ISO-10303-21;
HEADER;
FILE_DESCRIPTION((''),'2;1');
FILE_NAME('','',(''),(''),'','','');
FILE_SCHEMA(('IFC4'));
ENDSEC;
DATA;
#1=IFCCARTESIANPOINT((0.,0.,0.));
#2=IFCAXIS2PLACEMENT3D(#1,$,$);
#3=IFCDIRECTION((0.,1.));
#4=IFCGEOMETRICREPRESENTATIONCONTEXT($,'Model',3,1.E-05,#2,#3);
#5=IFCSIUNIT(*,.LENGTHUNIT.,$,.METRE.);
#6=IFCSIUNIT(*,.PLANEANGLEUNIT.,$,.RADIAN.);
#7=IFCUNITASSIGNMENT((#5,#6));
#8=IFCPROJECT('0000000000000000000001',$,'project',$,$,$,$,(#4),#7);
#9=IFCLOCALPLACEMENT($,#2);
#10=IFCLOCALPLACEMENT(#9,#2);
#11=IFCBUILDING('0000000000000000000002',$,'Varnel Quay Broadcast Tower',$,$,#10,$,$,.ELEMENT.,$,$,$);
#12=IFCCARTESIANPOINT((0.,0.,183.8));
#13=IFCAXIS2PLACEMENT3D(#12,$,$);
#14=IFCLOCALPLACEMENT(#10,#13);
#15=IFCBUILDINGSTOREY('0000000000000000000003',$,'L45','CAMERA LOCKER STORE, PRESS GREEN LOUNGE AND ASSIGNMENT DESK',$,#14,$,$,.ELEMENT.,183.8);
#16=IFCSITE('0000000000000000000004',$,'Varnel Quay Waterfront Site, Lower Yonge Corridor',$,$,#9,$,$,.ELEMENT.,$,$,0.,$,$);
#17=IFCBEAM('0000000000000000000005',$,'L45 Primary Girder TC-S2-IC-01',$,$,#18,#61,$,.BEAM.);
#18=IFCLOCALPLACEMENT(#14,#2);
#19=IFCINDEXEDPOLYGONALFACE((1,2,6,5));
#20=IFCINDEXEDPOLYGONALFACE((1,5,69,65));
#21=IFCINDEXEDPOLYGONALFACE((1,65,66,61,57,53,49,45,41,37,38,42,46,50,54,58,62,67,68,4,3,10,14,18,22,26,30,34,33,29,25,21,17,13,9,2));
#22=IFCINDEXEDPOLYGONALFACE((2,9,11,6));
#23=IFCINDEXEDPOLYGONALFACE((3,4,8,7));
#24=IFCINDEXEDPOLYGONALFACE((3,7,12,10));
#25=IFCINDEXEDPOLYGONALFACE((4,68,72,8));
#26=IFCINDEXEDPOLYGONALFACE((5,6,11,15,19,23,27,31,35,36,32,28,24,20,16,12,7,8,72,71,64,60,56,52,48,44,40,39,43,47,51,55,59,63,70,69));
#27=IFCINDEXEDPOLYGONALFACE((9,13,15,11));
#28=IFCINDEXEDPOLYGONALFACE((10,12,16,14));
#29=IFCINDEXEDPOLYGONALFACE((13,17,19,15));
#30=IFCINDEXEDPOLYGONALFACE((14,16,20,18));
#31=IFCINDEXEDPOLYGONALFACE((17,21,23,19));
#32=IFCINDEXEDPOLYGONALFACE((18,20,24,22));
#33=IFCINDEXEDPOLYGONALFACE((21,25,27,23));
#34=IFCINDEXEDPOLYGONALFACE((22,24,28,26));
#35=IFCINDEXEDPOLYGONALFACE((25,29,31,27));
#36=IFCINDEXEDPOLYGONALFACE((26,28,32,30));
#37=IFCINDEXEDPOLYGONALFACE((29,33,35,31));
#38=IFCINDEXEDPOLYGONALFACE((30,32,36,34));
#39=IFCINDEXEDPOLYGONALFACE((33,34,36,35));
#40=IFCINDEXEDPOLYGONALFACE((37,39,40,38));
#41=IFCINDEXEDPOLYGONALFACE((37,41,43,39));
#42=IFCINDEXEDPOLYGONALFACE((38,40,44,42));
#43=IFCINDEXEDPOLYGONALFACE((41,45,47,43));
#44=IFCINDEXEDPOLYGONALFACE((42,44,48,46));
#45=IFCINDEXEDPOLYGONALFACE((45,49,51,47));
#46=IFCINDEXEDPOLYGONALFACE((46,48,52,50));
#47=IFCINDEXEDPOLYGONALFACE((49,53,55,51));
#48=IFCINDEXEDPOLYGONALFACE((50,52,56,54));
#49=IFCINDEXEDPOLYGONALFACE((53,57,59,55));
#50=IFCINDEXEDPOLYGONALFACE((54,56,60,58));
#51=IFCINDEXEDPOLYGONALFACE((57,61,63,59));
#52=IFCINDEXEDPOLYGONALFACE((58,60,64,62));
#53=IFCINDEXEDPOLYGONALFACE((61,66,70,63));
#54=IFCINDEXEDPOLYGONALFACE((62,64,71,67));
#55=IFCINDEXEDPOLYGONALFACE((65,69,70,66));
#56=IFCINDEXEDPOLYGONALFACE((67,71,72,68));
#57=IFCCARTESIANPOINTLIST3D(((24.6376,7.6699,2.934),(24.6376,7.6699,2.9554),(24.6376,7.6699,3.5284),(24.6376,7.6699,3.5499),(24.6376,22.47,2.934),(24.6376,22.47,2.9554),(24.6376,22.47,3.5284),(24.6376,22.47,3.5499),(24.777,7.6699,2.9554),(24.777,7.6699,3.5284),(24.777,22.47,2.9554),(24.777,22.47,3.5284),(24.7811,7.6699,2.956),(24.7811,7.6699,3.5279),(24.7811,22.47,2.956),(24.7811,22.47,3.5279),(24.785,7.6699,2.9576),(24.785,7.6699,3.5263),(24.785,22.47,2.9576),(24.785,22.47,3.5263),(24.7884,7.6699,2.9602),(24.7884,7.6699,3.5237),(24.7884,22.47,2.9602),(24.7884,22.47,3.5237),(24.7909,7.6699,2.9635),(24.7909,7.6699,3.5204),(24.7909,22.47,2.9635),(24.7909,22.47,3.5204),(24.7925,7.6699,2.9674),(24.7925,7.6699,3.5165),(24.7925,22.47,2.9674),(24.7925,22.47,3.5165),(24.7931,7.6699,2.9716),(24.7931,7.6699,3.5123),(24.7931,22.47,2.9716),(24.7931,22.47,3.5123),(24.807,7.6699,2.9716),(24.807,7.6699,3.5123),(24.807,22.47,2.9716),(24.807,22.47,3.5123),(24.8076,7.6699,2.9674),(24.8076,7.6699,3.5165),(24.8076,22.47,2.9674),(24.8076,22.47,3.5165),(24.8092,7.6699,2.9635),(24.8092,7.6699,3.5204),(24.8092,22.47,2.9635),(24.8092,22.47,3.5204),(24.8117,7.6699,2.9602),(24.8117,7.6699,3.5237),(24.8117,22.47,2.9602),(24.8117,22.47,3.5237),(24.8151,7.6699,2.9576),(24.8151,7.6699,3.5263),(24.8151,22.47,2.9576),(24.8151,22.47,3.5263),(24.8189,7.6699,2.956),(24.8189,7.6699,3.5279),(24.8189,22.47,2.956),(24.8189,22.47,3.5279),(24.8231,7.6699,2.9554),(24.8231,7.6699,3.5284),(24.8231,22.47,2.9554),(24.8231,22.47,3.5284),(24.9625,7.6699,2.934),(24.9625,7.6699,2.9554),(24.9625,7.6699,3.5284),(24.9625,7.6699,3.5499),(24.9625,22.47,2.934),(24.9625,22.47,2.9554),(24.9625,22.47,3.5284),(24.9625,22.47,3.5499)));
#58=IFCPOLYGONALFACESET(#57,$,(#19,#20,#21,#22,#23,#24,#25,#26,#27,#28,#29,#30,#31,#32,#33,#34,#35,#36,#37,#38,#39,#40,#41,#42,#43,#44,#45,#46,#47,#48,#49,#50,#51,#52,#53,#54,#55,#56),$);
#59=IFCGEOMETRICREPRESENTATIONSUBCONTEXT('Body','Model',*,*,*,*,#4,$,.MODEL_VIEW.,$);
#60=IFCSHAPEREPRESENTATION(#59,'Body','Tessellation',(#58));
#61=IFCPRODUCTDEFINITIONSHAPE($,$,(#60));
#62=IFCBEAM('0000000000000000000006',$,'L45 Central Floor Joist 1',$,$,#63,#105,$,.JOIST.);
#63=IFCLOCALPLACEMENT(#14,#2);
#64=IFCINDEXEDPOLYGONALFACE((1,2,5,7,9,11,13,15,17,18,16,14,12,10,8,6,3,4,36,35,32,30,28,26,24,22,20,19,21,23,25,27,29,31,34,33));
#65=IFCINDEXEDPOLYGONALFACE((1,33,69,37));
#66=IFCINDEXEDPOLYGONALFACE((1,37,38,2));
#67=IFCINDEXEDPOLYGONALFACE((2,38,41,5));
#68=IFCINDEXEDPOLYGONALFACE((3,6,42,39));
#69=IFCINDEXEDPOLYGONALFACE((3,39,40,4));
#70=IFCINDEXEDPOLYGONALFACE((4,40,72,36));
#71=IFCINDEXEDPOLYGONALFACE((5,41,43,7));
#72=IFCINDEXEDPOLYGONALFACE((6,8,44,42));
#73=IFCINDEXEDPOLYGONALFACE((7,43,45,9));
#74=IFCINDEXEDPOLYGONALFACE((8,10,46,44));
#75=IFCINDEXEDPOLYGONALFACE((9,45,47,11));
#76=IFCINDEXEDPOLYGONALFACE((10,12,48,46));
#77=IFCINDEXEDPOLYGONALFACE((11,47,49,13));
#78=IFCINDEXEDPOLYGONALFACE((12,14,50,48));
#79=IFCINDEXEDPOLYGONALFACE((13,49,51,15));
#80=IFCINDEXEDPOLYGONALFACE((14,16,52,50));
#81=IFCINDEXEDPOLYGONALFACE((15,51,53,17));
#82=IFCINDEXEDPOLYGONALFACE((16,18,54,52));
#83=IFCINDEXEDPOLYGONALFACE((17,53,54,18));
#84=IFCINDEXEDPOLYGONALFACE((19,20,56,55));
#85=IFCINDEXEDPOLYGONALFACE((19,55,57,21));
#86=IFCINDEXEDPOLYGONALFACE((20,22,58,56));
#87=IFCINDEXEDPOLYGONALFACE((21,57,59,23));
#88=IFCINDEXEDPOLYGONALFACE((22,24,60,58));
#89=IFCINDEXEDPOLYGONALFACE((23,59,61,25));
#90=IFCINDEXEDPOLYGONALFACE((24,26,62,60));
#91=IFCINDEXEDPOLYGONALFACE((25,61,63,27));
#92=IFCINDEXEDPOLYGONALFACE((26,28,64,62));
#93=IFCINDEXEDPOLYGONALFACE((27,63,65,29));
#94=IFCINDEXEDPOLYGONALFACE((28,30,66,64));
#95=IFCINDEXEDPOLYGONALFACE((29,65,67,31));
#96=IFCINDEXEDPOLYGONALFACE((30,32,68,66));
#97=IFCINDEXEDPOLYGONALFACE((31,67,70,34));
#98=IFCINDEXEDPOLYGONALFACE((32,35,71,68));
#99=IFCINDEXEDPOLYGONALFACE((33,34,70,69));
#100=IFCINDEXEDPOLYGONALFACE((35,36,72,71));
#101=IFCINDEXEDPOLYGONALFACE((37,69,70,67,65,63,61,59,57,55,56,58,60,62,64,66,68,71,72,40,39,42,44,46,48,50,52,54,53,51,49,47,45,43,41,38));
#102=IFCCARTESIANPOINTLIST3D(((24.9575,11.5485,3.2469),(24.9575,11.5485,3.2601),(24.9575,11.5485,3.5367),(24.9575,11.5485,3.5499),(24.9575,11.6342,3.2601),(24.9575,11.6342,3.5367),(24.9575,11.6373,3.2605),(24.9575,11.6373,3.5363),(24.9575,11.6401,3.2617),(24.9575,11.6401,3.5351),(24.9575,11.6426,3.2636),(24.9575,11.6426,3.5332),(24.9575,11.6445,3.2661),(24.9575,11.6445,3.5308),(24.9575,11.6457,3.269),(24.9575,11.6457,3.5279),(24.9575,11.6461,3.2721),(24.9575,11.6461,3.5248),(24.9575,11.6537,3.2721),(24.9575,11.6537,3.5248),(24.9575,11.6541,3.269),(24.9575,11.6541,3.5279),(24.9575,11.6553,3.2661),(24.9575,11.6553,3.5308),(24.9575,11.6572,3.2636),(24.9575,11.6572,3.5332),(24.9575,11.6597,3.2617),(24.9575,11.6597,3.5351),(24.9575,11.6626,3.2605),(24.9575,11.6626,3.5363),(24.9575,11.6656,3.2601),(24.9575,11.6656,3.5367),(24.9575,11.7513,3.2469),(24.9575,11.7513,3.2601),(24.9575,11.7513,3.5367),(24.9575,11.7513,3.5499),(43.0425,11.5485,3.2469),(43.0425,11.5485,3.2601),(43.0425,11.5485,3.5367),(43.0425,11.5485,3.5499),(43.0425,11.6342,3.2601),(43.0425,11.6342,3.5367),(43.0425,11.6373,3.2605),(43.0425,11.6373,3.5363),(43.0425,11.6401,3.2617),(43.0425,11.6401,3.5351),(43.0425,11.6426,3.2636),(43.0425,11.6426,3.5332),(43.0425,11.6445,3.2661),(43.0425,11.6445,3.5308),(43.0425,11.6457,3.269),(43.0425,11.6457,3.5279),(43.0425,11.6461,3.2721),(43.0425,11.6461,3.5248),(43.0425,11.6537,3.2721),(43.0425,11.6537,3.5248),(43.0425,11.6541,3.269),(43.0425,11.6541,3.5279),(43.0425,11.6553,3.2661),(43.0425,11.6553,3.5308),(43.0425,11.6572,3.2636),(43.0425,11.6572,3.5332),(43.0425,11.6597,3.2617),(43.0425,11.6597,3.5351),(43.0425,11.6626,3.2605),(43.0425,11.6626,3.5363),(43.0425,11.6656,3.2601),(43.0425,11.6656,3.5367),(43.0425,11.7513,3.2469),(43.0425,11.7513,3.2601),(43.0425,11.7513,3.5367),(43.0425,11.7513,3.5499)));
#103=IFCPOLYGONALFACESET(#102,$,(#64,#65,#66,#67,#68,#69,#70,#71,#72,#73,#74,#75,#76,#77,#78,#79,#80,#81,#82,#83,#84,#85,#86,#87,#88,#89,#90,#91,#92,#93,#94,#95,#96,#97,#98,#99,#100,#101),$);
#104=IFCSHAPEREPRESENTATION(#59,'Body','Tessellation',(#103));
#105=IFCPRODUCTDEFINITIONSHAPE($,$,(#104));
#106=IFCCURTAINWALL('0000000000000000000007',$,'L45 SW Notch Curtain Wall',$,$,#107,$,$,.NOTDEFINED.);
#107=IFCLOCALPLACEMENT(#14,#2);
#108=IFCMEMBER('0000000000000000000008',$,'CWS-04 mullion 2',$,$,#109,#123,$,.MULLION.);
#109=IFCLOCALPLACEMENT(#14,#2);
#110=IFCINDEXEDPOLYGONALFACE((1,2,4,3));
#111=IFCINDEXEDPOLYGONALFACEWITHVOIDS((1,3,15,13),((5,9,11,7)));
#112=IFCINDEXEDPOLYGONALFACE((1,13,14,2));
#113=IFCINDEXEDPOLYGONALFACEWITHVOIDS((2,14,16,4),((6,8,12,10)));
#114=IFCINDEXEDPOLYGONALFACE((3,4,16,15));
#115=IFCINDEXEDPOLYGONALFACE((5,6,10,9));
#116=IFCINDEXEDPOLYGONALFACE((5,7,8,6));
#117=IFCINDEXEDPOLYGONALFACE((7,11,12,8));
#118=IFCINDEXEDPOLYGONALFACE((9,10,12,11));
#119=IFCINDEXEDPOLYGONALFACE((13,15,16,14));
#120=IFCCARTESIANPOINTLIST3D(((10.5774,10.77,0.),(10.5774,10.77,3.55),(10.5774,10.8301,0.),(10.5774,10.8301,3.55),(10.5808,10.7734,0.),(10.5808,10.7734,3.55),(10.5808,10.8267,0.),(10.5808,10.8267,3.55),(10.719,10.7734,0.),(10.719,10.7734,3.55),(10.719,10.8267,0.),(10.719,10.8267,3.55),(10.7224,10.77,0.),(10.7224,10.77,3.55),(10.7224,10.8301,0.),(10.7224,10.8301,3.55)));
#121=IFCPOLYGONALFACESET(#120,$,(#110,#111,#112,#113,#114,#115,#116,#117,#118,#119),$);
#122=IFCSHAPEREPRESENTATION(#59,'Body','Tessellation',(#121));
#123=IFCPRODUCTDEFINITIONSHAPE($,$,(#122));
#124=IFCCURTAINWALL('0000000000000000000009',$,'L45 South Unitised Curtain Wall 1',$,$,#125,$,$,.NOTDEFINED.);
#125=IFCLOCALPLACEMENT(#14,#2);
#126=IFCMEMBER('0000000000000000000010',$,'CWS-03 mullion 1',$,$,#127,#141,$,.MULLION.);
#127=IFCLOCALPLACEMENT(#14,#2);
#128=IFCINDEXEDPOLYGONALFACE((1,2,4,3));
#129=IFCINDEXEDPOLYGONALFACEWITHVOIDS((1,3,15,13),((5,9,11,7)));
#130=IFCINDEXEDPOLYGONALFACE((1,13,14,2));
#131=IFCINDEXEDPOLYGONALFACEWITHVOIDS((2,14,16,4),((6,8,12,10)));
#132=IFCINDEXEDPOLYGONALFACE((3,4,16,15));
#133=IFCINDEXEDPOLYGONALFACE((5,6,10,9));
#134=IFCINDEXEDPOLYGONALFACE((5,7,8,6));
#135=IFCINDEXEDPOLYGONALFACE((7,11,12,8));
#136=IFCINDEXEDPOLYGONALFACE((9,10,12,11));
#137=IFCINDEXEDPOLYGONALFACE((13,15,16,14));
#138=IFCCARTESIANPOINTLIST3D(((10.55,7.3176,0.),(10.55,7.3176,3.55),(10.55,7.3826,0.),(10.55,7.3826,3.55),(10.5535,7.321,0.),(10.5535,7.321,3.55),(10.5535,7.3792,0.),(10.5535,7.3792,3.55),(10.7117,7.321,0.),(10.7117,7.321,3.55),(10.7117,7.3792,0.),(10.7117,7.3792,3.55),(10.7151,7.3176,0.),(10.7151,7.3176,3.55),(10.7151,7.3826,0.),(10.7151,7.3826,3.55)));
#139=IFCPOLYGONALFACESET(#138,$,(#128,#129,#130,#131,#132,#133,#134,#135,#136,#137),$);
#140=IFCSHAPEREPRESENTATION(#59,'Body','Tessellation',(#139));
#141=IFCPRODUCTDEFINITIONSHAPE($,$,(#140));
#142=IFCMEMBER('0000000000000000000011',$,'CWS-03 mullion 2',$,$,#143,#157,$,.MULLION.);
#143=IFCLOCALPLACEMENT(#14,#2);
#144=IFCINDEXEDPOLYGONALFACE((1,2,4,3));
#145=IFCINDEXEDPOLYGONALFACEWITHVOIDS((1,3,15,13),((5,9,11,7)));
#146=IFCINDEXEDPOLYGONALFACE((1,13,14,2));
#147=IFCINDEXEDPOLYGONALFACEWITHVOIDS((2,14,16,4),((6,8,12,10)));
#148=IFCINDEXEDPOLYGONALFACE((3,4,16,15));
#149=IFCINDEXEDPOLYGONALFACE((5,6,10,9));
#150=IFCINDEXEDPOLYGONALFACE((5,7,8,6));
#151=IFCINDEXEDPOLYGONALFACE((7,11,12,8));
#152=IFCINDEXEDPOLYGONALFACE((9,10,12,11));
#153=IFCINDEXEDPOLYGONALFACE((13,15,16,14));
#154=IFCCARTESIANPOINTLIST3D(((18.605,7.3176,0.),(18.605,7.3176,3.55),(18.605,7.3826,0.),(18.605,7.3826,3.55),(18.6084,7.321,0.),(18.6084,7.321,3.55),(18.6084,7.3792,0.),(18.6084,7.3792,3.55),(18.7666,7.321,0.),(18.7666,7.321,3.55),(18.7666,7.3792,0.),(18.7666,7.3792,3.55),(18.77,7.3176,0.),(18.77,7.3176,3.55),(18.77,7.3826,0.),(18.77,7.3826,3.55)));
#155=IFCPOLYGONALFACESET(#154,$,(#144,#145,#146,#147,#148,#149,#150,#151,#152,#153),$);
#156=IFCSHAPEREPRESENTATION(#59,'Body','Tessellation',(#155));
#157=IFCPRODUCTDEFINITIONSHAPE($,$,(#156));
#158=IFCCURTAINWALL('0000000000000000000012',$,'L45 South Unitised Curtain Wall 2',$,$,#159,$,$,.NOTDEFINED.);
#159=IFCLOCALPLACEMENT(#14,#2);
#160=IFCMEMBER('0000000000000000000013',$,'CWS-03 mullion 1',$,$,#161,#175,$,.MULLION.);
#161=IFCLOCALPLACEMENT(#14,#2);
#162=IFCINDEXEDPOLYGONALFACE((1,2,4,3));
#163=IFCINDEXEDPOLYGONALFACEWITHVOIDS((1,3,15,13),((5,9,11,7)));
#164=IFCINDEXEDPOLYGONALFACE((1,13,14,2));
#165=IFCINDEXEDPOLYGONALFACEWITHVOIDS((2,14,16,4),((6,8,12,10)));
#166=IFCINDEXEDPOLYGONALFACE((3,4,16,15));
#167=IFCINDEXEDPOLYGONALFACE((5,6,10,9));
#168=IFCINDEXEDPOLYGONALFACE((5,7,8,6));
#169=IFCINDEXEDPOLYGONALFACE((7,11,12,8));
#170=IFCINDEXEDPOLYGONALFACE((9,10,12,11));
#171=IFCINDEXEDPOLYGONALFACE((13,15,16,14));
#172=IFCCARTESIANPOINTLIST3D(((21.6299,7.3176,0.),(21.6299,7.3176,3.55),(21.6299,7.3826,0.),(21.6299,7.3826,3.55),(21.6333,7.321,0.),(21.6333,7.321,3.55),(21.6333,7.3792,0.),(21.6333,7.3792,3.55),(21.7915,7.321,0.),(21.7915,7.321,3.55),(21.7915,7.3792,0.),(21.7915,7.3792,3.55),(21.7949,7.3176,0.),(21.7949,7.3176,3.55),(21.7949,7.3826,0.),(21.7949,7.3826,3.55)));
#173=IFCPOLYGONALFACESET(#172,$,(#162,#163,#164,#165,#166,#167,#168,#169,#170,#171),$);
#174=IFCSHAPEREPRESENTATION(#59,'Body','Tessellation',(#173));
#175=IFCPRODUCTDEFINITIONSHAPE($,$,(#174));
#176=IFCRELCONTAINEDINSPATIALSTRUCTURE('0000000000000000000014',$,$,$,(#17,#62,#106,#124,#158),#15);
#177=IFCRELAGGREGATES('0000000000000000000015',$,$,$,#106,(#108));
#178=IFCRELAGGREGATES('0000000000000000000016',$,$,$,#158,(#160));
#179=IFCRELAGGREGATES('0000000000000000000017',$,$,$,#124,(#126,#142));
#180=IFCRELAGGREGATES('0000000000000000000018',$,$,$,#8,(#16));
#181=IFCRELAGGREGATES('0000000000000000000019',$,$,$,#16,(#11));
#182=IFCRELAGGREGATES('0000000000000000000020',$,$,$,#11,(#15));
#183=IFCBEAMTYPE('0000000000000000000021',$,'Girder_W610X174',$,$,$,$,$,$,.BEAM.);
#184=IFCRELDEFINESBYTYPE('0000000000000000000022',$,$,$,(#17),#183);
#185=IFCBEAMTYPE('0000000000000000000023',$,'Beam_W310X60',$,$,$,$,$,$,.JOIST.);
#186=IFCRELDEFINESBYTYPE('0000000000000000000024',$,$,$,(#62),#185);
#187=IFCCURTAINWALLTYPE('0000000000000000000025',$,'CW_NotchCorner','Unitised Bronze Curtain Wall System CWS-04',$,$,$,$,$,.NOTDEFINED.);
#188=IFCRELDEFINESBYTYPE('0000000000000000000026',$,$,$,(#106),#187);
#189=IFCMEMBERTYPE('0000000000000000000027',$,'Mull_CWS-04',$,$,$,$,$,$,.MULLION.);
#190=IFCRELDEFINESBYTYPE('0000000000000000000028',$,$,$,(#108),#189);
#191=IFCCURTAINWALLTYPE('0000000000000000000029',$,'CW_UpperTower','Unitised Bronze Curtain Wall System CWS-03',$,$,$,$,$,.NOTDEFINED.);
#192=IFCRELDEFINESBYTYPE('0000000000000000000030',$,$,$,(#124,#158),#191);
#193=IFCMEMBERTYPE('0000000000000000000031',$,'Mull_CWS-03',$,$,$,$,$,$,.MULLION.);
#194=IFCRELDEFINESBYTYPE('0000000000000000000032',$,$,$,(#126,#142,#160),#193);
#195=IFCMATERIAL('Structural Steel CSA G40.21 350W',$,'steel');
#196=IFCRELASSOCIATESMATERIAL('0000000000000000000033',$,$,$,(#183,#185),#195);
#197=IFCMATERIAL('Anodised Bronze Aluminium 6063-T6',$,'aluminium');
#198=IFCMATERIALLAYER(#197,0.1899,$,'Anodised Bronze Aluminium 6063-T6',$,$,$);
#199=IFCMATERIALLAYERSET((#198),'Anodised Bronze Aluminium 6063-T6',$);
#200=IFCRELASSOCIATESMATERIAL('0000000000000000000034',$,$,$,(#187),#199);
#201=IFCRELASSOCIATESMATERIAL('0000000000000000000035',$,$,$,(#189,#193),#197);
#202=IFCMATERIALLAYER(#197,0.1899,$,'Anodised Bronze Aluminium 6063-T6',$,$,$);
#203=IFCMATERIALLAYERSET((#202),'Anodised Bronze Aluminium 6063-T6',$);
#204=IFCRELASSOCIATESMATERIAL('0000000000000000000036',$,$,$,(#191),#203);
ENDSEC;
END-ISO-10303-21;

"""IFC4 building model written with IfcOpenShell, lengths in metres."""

from ifc_helpers import new_model, si_unit, direction, frame, origin, origin_2d, place, context, subcontext, project, spatial, hollow_rectangle, i_section, extrude, source, transform, mapped, material, layer, layer_set, material_profile, profile_set, type_object, type_shapes, element, aggregate, save


model = new_model("IFC4")

# Units and contexts
model_context = context("Model", 3, precision=1e-05, world=origin(), true_north=direction((0.0, 1.0)))
body_context = subcontext(model_context, "Body", "Model", "MODEL_VIEW")
ifc_project = project(units=[si_unit("LENGTHUNIT", "METRE"), si_unit("PLANEANGLEUNIT", "RADIAN")], contexts=[model_context])

# Site, building, storey
site_placement = place(None, origin())
site = spatial("IfcSite", under=ifc_project, at=site_placement, Name="Varnel Quay Waterfront Site, Lower Yonge Corridor", CompositionType="ELEMENT", RefElevation=0.0)
building_placement = place(site_placement, origin())
building = spatial("IfcBuilding", under=site, at=building_placement, Name="Varnel Quay Broadcast Tower", CompositionType="ELEMENT")
storey_placement = place(building_placement, frame((0.0, 0.0, 183.8)))
storey = spatial("IfcBuildingStorey", under=building, at=storey_placement, Name="L45", Description="CAMERA LOCKER STORE, PRESS GREEN LOUNGE AND ASSIGNMENT DESK", CompositionType="ELEMENT", Elevation=183.8)

# Shared definitions
ifc_material_1 = material(Name="Structural Steel CSA G40.21 350W", Category="steel")

# Beams
ifc_material_profile_1 = material_profile(ifc_material_1, i_section(OverallWidth=0.325, OverallDepth=0.616, WebThickness=0.0139, FlangeThickness=0.0215, FilletRadius=0.0161, at=origin_2d()), Name="W610X174")
ifc_profile_set_1 = profile_set([ifc_material_profile_1], Name="Structural Steel CSA G40.21 350W")
beam_type_1 = type_object("IfcBeamType", Name="Girder_W610X174", PredefinedType="BEAM", material=ifc_profile_set_1)
shared_shape_1 = source(origin(), body_context, "Body", "SweptSolid", [
    extrude(i_section(OverallWidth=0.325, OverallDepth=0.616, WebThickness=0.0139, FlangeThickness=0.0215, FilletRadius=0.0161, at=origin_2d()), origin(), (0.0, 0.0, 1.0), 14.8),
])
type_shapes(beam_type_1, [shared_shape_1])
beam_1_placement = place(storey_placement, frame((24.8, 7.6699, 3.2419), z_axis=(0.0, 1.0, 0.0), x_axis=(-1.0, 0.0, 0.0)))
element("IfcBeam", 1, at=beam_1_placement, inside=storey, type_object=beam_type_1, Name="L45 Primary Girder TC-S2-IC-01", PredefinedType="BEAM", context=body_context, shape_type="MappedRepresentation", body=[
    mapped(shared_shape_1, transform((0.0, 0.0, 0.0), x_axis=(1.0, 0.0, 0.0), y_axis=(0.0, 1.0, 0.0), z_axis=(0.0, 0.0, 1.0), scale=1.0)),
])
ifc_material_profile_2 = material_profile(ifc_material_1, i_section(OverallWidth=0.2029, OverallDepth=0.303, WebThickness=0.0076, FlangeThickness=0.0132, FilletRadius=0.012, at=origin_2d()), Name="W310X60")
ifc_profile_set_2 = profile_set([ifc_material_profile_2], Name="Structural Steel CSA G40.21 350W")
beam_type_2 = type_object("IfcBeamType", Name="Beam_W310X60", PredefinedType="JOIST", material=ifc_profile_set_2)
shared_shape_2 = source(origin(), body_context, "Body", "SweptSolid", [
    extrude(i_section(OverallWidth=0.2029, OverallDepth=0.303, WebThickness=0.0076, FlangeThickness=0.0132, FilletRadius=0.012, at=origin_2d()), origin(), (0.0, 0.0, 1.0), 18.085),
])
type_shapes(beam_type_2, [shared_shape_2])
beam_2_placement = place(storey_placement, frame((24.9575, 11.6499, 3.3984), z_axis=(1.0, 0.0, 0.0), x_axis=(0.0, 1.0, 0.0)))
element("IfcBeam", 2, at=beam_2_placement, inside=storey, type_object=beam_type_2, Name="L45 Central Floor Joist 1", PredefinedType="JOIST", context=body_context, shape_type="MappedRepresentation", body=[
    mapped(shared_shape_2, transform((0.0, 0.0, 0.0), x_axis=(1.0, 0.0, 0.0), y_axis=(0.0, 1.0, 0.0), z_axis=(0.0, 0.0, 1.0), scale=1.0)),
])

# Curtain wall, member
ifc_material_2 = material(Name="Anodised Bronze Aluminium 6063-T6", Category="aluminium")
ifc_layer_1 = layer(ifc_material_2, 0.1899, Name="Anodised Bronze Aluminium 6063-T6")
ifc_layer_set_1 = layer_set([ifc_layer_1], Name="Anodised Bronze Aluminium 6063-T6")
curtain_wall_type_1 = type_object("IfcCurtainWallType", Name="CW_NotchCorner", Description="Unitised Bronze Curtain Wall System CWS-04", PredefinedType="NOTDEFINED", material=ifc_layer_set_1)
curtain_wall_1_placement = place(storey_placement, origin())
curtain_wall_1 = element("IfcCurtainWall", 3, at=curtain_wall_1_placement, inside=storey, type_object=curtain_wall_type_1, Name="L45 SW Notch Curtain Wall", PredefinedType="NOTDEFINED")
ifc_material_profile_3 = material_profile(ifc_material_2, hollow_rectangle(XDim=0.0601, YDim=0.145, WallThickness=0.0034, at=origin_2d()), Name="ALU60X145X3.5")
ifc_profile_set_3 = profile_set([ifc_material_profile_3], Name="Anodised Bronze Aluminium 6063-T6")
member_type_1 = type_object("IfcMemberType", Name="Mull_CWS-04", PredefinedType="MULLION", material=ifc_profile_set_3)
shared_shape_3 = source(origin(), body_context, "Body", "SweptSolid", [
    extrude(hollow_rectangle(XDim=0.0601, YDim=0.145, WallThickness=0.0034, at=origin_2d()), origin(), (0.0, 0.0, 1.0), 3.55),
])
type_shapes(member_type_1, [shared_shape_3])
member_1_placement = place(storey_placement, frame((10.6499, 10.8, 0.0), z_axis=(0.0, 0.0, 1.0), x_axis=(0.0, 1.0, 0.0)))
member_1 = element("IfcMember", 4, at=member_1_placement, type_object=member_type_1, Name="CWS-04 mullion 2", PredefinedType="MULLION", context=body_context, shape_type="MappedRepresentation", body=[
    mapped(shared_shape_3, transform((0.0, 0.0, 0.0), x_axis=(1.0, 0.0, 0.0), y_axis=(0.0, 1.0, 0.0), z_axis=(0.0, 0.0, 1.0), scale=1.0)),
])
aggregate(curtain_wall_1, [member_1])

# Curtain wall, members
ifc_layer_2 = layer(ifc_material_2, 0.1899, Name="Anodised Bronze Aluminium 6063-T6")
ifc_layer_set_2 = layer_set([ifc_layer_2], Name="Anodised Bronze Aluminium 6063-T6")
curtain_wall_type_2 = type_object("IfcCurtainWallType", Name="CW_UpperTower", Description="Unitised Bronze Curtain Wall System CWS-03", PredefinedType="NOTDEFINED", material=ifc_layer_set_2)
curtain_wall_2_placement = place(storey_placement, origin())
curtain_wall_2 = element("IfcCurtainWall", 5, at=curtain_wall_2_placement, inside=storey, type_object=curtain_wall_type_2, Name="L45 South Unitised Curtain Wall 1", PredefinedType="NOTDEFINED")
ifc_material_profile_4 = material_profile(ifc_material_2, hollow_rectangle(XDim=0.0649, YDim=0.165, WallThickness=0.0034, at=origin_2d()), Name="ALU65X165X3.5")
ifc_profile_set_4 = profile_set([ifc_material_profile_4], Name="Anodised Bronze Aluminium 6063-T6")
member_type_2 = type_object("IfcMemberType", Name="Mull_CWS-03", PredefinedType="MULLION", material=ifc_profile_set_4)
shared_shape_4 = source(origin(), body_context, "Body", "SweptSolid", [
    extrude(hollow_rectangle(XDim=0.0649, YDim=0.165, WallThickness=0.0034, at=origin_2d()), origin(), (0.0, 0.0, 1.0), 3.55),
])
type_shapes(member_type_2, [shared_shape_4])
member_2_placement = place(storey_placement, frame((10.6326, 7.3501, 0.0), z_axis=(0.0, 0.0, 1.0), x_axis=(0.0, 1.0, 0.0)))
member_2 = element("IfcMember", 6, at=member_2_placement, type_object=member_type_2, Name="CWS-03 mullion 1", PredefinedType="MULLION", context=body_context, shape_type="MappedRepresentation", body=[
    mapped(shared_shape_4, transform((0.0, 0.0, 0.0), x_axis=(1.0, 0.0, 0.0), y_axis=(0.0, 1.0, 0.0), z_axis=(0.0, 0.0, 1.0), scale=1.0)),
])
member_3_placement = place(storey_placement, frame((18.6875, 7.3501, 0.0), z_axis=(0.0, 0.0, 1.0), x_axis=(0.0, 1.0, 0.0)))
member_3 = element("IfcMember", 7, at=member_3_placement, type_object=member_type_2, Name="CWS-03 mullion 2", PredefinedType="MULLION", context=body_context, shape_type="MappedRepresentation", body=[
    mapped(shared_shape_4, transform((0.0, 0.0, 0.0), x_axis=(1.0, 0.0, 0.0), y_axis=(0.0, 1.0, 0.0), z_axis=(0.0, 0.0, 1.0), scale=1.0)),
])

# Curtain wall, member
curtain_wall_3_placement = place(storey_placement, origin())
curtain_wall_3 = element("IfcCurtainWall", 8, at=curtain_wall_3_placement, inside=storey, type_object=curtain_wall_type_2, Name="L45 South Unitised Curtain Wall 2", PredefinedType="NOTDEFINED")
member_4_placement = place(storey_placement, frame((21.7124, 7.3501, 0.0), z_axis=(0.0, 0.0, 1.0), x_axis=(0.0, 1.0, 0.0)))
member_4 = element("IfcMember", 9, at=member_4_placement, type_object=member_type_2, Name="CWS-03 mullion 1", PredefinedType="MULLION", context=body_context, shape_type="MappedRepresentation", body=[
    mapped(shared_shape_4, transform((0.0, 0.0, 0.0), x_axis=(1.0, 0.0, 0.0), y_axis=(0.0, 1.0, 0.0), z_axis=(0.0, 0.0, 1.0), scale=1.0)),
])

aggregate(curtain_wall_3, [member_4])

aggregate(curtain_wall_2, [member_2, member_3])

save(model, "model.ifc")
